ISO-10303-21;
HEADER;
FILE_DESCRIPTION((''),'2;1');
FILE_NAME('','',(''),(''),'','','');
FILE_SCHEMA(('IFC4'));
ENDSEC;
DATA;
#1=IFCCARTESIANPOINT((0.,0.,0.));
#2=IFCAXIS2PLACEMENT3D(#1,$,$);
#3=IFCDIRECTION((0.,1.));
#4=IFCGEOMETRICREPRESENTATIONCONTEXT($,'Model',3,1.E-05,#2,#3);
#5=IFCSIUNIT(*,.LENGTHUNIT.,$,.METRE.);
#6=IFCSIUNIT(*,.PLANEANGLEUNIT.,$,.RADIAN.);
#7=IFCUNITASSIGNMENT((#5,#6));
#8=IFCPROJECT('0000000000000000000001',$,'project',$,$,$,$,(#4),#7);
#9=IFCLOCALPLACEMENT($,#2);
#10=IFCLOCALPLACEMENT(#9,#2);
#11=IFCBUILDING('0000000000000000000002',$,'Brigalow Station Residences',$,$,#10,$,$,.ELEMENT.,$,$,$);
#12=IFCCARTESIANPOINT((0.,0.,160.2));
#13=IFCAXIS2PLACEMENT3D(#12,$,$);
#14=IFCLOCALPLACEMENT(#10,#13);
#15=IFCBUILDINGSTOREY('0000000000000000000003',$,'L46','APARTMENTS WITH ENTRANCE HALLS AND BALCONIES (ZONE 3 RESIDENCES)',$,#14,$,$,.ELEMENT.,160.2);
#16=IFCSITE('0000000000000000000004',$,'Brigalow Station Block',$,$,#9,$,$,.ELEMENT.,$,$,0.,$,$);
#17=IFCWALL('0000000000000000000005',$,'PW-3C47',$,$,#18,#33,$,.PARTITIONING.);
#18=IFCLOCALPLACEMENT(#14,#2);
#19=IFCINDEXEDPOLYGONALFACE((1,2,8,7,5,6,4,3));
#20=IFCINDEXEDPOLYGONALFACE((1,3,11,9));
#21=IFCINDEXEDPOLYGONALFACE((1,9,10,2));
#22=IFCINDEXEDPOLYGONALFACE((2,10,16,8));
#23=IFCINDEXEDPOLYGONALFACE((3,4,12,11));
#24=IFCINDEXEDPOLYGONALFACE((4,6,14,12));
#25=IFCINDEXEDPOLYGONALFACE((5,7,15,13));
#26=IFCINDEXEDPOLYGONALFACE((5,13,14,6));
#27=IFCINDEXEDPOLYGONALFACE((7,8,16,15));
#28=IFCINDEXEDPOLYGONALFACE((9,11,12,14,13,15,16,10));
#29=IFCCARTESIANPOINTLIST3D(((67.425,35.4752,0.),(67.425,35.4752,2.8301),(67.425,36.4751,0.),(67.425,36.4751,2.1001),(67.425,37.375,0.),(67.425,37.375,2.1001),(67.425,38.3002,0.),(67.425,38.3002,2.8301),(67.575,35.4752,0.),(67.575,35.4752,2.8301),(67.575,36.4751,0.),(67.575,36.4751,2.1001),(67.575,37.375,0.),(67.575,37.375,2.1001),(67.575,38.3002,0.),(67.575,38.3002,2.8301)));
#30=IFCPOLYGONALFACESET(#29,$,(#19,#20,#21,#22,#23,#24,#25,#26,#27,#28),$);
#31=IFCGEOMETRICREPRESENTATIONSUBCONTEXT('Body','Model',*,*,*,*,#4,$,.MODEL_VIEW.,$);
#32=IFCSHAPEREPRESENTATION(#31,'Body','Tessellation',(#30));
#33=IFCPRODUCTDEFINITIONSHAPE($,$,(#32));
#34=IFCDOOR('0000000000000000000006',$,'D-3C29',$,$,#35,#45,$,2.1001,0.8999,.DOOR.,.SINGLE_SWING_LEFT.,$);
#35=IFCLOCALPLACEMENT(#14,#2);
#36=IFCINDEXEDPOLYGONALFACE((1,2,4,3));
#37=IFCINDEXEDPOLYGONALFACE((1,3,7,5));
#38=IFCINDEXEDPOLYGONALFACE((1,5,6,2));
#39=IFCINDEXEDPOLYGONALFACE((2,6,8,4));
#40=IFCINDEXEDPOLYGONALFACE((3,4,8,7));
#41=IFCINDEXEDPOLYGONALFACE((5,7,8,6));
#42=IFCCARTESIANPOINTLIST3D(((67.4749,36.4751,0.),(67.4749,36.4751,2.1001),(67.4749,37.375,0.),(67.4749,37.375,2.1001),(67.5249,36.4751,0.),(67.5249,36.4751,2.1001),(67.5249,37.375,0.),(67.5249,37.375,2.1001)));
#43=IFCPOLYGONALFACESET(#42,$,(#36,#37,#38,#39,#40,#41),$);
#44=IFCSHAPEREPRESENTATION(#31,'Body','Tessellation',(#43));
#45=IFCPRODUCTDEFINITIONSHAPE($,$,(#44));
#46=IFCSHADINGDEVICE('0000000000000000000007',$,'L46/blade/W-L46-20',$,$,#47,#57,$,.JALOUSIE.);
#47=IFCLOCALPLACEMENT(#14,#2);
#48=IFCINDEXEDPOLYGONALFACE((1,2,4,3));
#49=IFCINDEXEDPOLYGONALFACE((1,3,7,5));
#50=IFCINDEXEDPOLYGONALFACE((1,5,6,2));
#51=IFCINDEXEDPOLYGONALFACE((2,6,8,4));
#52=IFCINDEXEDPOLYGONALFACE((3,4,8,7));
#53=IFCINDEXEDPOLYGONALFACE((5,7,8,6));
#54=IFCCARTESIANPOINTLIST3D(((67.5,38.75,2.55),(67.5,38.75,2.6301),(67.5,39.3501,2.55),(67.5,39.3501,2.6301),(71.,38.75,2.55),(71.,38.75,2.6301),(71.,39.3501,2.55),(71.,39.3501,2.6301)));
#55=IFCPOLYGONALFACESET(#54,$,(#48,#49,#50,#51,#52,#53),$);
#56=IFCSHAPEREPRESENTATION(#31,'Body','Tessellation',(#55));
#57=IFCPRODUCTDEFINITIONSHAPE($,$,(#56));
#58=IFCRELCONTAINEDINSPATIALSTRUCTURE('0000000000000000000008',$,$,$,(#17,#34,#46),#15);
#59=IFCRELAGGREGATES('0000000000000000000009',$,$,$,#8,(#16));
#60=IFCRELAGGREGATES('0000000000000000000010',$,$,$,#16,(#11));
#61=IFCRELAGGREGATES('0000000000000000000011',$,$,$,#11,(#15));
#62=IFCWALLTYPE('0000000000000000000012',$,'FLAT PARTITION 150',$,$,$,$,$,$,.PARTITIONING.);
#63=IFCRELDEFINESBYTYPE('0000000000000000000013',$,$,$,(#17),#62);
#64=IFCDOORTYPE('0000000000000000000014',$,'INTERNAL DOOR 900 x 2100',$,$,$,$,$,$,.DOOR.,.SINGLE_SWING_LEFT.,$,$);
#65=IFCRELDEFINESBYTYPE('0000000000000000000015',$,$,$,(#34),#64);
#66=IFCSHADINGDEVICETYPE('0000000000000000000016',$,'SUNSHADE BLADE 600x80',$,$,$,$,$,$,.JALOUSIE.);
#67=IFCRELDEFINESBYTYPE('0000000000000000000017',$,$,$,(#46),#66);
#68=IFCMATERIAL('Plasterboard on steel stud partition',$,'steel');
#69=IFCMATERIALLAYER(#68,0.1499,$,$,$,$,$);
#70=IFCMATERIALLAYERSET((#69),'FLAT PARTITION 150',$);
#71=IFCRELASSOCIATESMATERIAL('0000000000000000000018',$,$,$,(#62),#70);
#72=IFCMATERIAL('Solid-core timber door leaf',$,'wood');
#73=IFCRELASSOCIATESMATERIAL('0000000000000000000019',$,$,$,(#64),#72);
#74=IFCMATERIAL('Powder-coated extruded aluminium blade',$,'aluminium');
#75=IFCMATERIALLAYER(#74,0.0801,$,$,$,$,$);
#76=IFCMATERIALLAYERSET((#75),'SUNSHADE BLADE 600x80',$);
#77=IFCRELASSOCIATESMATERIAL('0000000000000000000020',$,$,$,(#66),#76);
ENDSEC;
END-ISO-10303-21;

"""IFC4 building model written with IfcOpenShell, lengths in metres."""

from ifc_helpers import new_model, si_unit, direction, frame, frame_2d, origin, origin_2d, place, context, subcontext, project, spatial, rectangle, extrude, material, layer, layer_set, type_object, element, fill, save


model = new_model("IFC4")

# Units and contexts
model_context = context("Model", 3, precision=1e-05, world=origin(), true_north=direction((0.0, 1.0)))
body_context = subcontext(model_context, "Body", "Model", "MODEL_VIEW")
ifc_project = project(units=[si_unit("LENGTHUNIT", "METRE"), si_unit("PLANEANGLEUNIT", "RADIAN")], contexts=[model_context])

# Site, building, storey
site_placement = place(None, origin())
site = spatial("IfcSite", under=ifc_project, at=site_placement, Name="Brigalow Station Block", CompositionType="ELEMENT", RefElevation=0.0)
building_placement = place(site_placement, origin())
building = spatial("IfcBuilding", under=site, at=building_placement, Name="Brigalow Station Residences", CompositionType="ELEMENT")
storey_placement = place(building_placement, frame((0.0, 0.0, 160.2)))
storey = spatial("IfcBuildingStorey", under=building, at=storey_placement, Name="L46", Description="APARTMENTS WITH ENTRANCE HALLS AND BALCONIES (ZONE 3 RESIDENCES)", CompositionType="ELEMENT", Elevation=160.2)

# Wall, opening, door
ifc_material_1 = material(Name="Plasterboard on steel stud partition", Category="steel")
ifc_layer_1 = layer(ifc_material_1, 0.1499)
ifc_layer_set_1 = layer_set([ifc_layer_1], Name="FLAT PARTITION 150")
wall_type_1 = type_object("IfcWallType", Name="FLAT PARTITION 150", PredefinedType="PARTITIONING", material=ifc_layer_set_1)
wall_1_placement = place(storey_placement, frame((67.5, 35.4751, 0.0), z_axis=(0.0, 0.0, 1.0), x_axis=(0.0, 1.0, 0.0)))
wall_1 = element("IfcWall", 1, at=wall_1_placement, inside=storey, type_object=wall_type_1, Name="PW-3C47", PredefinedType="PARTITIONING", context=body_context, shape_type="SweptSolid", body=[
    extrude(rectangle(XDim=2.825, YDim=0.1499, at=frame_2d((1.4126, 0.0))), origin(), (0.0, 0.0, 1.0), 2.8301),
])
opening_1_placement = place(wall_1_placement, frame((1.0, 0.0, 0.0)))
opening_1 = element("IfcOpeningElement", 2, at=opening_1_placement, cuts=wall_1, PredefinedType="OPENING", context=body_context, shape_type="SweptSolid", body=[
    extrude(rectangle(XDim=0.8999, YDim=2.1001, at=frame_2d((0.45, 1.05))), frame((0.0, 0.085, 0.0), z_axis=(0.0, -1.0, 0.0), x_axis=(1.0, 0.0, 0.0)), (0.0, 0.0, 1.0), 0.1699),
])
ifc_material_2 = material(Name="Solid-core timber door leaf", Category="wood")
door_type = type_object("IfcDoorType", Name="INTERNAL DOOR 900 x 2100", OperationType="SINGLE_SWING_LEFT", PredefinedType="DOOR", material=ifc_material_2)
door_placement = place(opening_1_placement, frame((0.8999, 0.0, 0.0), z_axis=(0.0, 0.0, 1.0), x_axis=(-1.0, 0.0, 0.0)))
door = element("IfcDoor", 3, at=door_placement, inside=storey, type_object=door_type, Name="D-3C29", OperationType="SINGLE_SWING_LEFT", OverallHeight=2.1001, OverallWidth=0.8999, PredefinedType="DOOR", context=body_context, shape_type="SweptSolid", body=[
    extrude(rectangle(XDim=0.8999, YDim=2.1001, at=frame_2d((0.45, 1.05))), frame((0.0, 0.0249, 0.0), z_axis=(0.0, -1.0, 0.0), x_axis=(1.0, 0.0, 0.0)), (0.0, 0.0, 1.0), 0.05),
])
fill(opening_1, door)

# Shading device
ifc_material_3 = material(Name="Powder-coated extruded aluminium blade", Category="aluminium")
ifc_layer_2 = layer(ifc_material_3, 0.0801)
ifc_layer_set_2 = layer_set([ifc_layer_2], Name="SUNSHADE BLADE 600x80")
shading_device_type = type_object("IfcShadingDeviceType", Name="SUNSHADE BLADE 600x80", PredefinedType="JALOUSIE", material=ifc_layer_set_2)
shading_device_placement = place(storey_placement, frame((69.25, 39.05, 2.55), z_axis=(0.0, 0.0, 1.0), x_axis=(-1.0, 0.0, 0.0)))
element("IfcShadingDevice", 4, at=shading_device_placement, inside=storey, type_object=shading_device_type, Name="L46/blade/W-L46-20", PredefinedType="JALOUSIE", context=body_context, shape_type="SweptSolid", body=[
    extrude(rectangle(XDim=3.5, YDim=0.6001, at=origin_2d()), origin(), (0.0, 0.0, 1.0), 0.0801),
])

save(model, "model.ifc")
